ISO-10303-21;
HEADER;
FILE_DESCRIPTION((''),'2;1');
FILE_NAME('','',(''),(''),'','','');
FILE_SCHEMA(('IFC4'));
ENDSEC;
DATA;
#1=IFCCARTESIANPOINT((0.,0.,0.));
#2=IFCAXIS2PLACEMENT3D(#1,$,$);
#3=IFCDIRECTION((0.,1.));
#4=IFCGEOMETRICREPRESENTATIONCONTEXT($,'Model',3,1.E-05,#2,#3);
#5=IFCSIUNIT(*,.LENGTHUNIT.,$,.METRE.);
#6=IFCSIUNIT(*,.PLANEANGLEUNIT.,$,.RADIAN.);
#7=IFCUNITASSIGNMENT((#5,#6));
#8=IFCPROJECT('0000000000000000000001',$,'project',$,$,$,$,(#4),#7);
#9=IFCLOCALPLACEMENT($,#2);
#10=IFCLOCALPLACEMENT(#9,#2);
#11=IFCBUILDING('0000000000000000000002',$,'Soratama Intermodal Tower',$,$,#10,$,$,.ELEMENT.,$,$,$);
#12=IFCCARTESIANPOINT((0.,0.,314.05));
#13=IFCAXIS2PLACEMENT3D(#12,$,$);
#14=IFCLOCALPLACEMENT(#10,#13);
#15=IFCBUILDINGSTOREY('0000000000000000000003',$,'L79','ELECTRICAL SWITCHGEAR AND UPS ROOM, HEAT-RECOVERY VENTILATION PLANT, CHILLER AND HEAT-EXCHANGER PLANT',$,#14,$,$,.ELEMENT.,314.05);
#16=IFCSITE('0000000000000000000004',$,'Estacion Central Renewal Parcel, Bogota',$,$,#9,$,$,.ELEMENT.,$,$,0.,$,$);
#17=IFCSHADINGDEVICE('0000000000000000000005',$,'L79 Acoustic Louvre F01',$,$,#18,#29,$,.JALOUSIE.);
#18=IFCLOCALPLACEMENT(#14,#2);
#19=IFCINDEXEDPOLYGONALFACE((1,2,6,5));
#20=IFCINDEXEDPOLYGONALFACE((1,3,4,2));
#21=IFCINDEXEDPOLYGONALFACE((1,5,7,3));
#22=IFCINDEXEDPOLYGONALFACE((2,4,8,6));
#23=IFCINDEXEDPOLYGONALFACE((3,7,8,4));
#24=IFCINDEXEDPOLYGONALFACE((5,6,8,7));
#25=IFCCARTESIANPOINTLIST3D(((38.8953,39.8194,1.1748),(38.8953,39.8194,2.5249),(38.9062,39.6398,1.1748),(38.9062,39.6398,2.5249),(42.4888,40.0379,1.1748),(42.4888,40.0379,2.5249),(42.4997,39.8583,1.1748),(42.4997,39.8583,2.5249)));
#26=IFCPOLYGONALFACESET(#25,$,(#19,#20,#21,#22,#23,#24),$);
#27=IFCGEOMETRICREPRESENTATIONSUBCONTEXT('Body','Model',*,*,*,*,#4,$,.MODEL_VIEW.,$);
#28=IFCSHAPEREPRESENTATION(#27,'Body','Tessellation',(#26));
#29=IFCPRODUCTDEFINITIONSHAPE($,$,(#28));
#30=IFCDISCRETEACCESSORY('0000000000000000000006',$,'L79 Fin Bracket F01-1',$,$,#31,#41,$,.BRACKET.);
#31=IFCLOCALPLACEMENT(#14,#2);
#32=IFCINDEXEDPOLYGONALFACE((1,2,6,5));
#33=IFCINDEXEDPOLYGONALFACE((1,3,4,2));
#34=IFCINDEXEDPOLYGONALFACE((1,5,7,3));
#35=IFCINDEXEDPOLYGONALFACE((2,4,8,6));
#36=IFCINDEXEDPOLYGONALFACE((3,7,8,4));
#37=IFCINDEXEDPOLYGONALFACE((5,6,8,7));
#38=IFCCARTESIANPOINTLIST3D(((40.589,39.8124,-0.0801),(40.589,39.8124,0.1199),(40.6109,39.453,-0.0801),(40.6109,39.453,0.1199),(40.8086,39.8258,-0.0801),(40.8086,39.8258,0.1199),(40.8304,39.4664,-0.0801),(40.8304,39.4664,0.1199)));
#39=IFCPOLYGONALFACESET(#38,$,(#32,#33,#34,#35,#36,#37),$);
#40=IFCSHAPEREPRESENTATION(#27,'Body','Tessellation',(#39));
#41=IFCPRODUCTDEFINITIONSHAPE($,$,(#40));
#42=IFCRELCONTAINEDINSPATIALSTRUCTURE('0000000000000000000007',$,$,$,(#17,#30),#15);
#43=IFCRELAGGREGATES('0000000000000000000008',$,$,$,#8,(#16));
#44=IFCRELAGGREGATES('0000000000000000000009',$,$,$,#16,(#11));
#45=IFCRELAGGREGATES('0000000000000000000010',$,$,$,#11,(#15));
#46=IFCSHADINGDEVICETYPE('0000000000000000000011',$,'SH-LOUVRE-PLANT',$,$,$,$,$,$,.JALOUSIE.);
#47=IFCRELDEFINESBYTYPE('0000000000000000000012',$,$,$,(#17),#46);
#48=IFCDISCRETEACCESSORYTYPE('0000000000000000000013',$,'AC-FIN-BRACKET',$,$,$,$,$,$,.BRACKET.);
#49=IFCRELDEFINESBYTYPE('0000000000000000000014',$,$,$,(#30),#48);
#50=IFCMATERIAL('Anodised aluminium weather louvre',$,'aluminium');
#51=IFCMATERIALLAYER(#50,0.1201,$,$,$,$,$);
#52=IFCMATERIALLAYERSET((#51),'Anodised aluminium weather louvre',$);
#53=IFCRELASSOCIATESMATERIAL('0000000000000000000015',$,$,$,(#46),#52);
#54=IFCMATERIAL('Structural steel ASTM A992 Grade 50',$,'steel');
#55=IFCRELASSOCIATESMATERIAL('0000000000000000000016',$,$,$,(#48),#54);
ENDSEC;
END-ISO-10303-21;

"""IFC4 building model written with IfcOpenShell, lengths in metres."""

from ifc_helpers import new_model, si_unit, direction, frame, origin, origin_2d, place, context, subcontext, project, spatial, rectangle, extrude, material, layer, layer_set, type_object, element, save


model = new_model("IFC4")

# Units and contexts
model_context = context("Model", 3, precision=1e-05, world=origin(), true_north=direction((0.0, 1.0)))
body_context = subcontext(model_context, "Body", "Model", "MODEL_VIEW")
ifc_project = project(units=[si_unit("LENGTHUNIT", "METRE"), si_unit("PLANEANGLEUNIT", "RADIAN")], contexts=[model_context])

# Site, building, storey
site_placement = place(None, origin())
site = spatial("IfcSite", under=ifc_project, at=site_placement, Name="Estacion Central Renewal Parcel, Bogota", CompositionType="ELEMENT", RefElevation=0.0)
building_placement = place(site_placement, origin())
building = spatial("IfcBuilding", under=site, at=building_placement, Name="Soratama Intermodal Tower", CompositionType="ELEMENT")
storey_placement = place(building_placement, frame((0.0, 0.0, 314.05)))
storey = spatial("IfcBuildingStorey", under=building, at=storey_placement, Name="L79", Description="ELECTRICAL SWITCHGEAR AND UPS ROOM, HEAT-RECOVERY VENTILATION PLANT, CHILLER AND HEAT-EXCHANGER PLANT", CompositionType="ELEMENT", Elevation=314.05)

# Shading device
ifc_material_1 = material(Name="Anodised aluminium weather louvre", Category="aluminium")
ifc_layer_1 = layer(ifc_material_1, 0.1201)
ifc_layer_set_1 = layer_set([ifc_layer_1], Name="Anodised aluminium weather louvre")
shading_device_type_1 = type_object("IfcShadingDeviceType", Name="SH-LOUVRE-PLANT", PredefinedType="JALOUSIE", material=ifc_layer_set_1)
shading_device_1_placement = place(storey_placement, frame((40.6975, 39.8389, 1.1748), z_axis=(0.0, 0.0, 1.0), x_axis=(-0.998156, -0.0607, 0.0)))
element("IfcShadingDevice", 1, at=shading_device_1_placement, inside=storey, type_object=shading_device_type_1, Name="L79 Acoustic Louvre F01", PredefinedType="JALOUSIE", context=body_context, shape_type="SweptSolid", body=[
    extrude(rectangle(XDim=3.6001, YDim=0.1799, at=origin_2d()), origin(), (0.0, 0.0, 1.0), 1.3501),
])

# Discrete accessory
ifc_material_2 = material(Name="Structural steel ASTM A992 Grade 50", Category="steel")
discrete_accessory_type = type_object("IfcDiscreteAccessoryType", Name="AC-FIN-BRACKET", PredefinedType="BRACKET", material=ifc_material_2)
discrete_accessory_placement = place(storey_placement, frame((40.7097, 39.6394, -0.0801), z_axis=(0.0, 0.0, 1.0), x_axis=(-0.0607, 0.998156, 0.0)))
element("IfcDiscreteAccessory", 2, at=discrete_accessory_placement, inside=storey, type_object=discrete_accessory_type, Name="L79 Fin Bracket F01-1", PredefinedType="BRACKET", context=body_context, shape_type="SweptSolid", body=[
    extrude(rectangle(XDim=0.3601, YDim=0.22, at=origin_2d()), origin(), (0.0, 0.0, 1.0), 0.2),
])

save(model, "model.ifc")
